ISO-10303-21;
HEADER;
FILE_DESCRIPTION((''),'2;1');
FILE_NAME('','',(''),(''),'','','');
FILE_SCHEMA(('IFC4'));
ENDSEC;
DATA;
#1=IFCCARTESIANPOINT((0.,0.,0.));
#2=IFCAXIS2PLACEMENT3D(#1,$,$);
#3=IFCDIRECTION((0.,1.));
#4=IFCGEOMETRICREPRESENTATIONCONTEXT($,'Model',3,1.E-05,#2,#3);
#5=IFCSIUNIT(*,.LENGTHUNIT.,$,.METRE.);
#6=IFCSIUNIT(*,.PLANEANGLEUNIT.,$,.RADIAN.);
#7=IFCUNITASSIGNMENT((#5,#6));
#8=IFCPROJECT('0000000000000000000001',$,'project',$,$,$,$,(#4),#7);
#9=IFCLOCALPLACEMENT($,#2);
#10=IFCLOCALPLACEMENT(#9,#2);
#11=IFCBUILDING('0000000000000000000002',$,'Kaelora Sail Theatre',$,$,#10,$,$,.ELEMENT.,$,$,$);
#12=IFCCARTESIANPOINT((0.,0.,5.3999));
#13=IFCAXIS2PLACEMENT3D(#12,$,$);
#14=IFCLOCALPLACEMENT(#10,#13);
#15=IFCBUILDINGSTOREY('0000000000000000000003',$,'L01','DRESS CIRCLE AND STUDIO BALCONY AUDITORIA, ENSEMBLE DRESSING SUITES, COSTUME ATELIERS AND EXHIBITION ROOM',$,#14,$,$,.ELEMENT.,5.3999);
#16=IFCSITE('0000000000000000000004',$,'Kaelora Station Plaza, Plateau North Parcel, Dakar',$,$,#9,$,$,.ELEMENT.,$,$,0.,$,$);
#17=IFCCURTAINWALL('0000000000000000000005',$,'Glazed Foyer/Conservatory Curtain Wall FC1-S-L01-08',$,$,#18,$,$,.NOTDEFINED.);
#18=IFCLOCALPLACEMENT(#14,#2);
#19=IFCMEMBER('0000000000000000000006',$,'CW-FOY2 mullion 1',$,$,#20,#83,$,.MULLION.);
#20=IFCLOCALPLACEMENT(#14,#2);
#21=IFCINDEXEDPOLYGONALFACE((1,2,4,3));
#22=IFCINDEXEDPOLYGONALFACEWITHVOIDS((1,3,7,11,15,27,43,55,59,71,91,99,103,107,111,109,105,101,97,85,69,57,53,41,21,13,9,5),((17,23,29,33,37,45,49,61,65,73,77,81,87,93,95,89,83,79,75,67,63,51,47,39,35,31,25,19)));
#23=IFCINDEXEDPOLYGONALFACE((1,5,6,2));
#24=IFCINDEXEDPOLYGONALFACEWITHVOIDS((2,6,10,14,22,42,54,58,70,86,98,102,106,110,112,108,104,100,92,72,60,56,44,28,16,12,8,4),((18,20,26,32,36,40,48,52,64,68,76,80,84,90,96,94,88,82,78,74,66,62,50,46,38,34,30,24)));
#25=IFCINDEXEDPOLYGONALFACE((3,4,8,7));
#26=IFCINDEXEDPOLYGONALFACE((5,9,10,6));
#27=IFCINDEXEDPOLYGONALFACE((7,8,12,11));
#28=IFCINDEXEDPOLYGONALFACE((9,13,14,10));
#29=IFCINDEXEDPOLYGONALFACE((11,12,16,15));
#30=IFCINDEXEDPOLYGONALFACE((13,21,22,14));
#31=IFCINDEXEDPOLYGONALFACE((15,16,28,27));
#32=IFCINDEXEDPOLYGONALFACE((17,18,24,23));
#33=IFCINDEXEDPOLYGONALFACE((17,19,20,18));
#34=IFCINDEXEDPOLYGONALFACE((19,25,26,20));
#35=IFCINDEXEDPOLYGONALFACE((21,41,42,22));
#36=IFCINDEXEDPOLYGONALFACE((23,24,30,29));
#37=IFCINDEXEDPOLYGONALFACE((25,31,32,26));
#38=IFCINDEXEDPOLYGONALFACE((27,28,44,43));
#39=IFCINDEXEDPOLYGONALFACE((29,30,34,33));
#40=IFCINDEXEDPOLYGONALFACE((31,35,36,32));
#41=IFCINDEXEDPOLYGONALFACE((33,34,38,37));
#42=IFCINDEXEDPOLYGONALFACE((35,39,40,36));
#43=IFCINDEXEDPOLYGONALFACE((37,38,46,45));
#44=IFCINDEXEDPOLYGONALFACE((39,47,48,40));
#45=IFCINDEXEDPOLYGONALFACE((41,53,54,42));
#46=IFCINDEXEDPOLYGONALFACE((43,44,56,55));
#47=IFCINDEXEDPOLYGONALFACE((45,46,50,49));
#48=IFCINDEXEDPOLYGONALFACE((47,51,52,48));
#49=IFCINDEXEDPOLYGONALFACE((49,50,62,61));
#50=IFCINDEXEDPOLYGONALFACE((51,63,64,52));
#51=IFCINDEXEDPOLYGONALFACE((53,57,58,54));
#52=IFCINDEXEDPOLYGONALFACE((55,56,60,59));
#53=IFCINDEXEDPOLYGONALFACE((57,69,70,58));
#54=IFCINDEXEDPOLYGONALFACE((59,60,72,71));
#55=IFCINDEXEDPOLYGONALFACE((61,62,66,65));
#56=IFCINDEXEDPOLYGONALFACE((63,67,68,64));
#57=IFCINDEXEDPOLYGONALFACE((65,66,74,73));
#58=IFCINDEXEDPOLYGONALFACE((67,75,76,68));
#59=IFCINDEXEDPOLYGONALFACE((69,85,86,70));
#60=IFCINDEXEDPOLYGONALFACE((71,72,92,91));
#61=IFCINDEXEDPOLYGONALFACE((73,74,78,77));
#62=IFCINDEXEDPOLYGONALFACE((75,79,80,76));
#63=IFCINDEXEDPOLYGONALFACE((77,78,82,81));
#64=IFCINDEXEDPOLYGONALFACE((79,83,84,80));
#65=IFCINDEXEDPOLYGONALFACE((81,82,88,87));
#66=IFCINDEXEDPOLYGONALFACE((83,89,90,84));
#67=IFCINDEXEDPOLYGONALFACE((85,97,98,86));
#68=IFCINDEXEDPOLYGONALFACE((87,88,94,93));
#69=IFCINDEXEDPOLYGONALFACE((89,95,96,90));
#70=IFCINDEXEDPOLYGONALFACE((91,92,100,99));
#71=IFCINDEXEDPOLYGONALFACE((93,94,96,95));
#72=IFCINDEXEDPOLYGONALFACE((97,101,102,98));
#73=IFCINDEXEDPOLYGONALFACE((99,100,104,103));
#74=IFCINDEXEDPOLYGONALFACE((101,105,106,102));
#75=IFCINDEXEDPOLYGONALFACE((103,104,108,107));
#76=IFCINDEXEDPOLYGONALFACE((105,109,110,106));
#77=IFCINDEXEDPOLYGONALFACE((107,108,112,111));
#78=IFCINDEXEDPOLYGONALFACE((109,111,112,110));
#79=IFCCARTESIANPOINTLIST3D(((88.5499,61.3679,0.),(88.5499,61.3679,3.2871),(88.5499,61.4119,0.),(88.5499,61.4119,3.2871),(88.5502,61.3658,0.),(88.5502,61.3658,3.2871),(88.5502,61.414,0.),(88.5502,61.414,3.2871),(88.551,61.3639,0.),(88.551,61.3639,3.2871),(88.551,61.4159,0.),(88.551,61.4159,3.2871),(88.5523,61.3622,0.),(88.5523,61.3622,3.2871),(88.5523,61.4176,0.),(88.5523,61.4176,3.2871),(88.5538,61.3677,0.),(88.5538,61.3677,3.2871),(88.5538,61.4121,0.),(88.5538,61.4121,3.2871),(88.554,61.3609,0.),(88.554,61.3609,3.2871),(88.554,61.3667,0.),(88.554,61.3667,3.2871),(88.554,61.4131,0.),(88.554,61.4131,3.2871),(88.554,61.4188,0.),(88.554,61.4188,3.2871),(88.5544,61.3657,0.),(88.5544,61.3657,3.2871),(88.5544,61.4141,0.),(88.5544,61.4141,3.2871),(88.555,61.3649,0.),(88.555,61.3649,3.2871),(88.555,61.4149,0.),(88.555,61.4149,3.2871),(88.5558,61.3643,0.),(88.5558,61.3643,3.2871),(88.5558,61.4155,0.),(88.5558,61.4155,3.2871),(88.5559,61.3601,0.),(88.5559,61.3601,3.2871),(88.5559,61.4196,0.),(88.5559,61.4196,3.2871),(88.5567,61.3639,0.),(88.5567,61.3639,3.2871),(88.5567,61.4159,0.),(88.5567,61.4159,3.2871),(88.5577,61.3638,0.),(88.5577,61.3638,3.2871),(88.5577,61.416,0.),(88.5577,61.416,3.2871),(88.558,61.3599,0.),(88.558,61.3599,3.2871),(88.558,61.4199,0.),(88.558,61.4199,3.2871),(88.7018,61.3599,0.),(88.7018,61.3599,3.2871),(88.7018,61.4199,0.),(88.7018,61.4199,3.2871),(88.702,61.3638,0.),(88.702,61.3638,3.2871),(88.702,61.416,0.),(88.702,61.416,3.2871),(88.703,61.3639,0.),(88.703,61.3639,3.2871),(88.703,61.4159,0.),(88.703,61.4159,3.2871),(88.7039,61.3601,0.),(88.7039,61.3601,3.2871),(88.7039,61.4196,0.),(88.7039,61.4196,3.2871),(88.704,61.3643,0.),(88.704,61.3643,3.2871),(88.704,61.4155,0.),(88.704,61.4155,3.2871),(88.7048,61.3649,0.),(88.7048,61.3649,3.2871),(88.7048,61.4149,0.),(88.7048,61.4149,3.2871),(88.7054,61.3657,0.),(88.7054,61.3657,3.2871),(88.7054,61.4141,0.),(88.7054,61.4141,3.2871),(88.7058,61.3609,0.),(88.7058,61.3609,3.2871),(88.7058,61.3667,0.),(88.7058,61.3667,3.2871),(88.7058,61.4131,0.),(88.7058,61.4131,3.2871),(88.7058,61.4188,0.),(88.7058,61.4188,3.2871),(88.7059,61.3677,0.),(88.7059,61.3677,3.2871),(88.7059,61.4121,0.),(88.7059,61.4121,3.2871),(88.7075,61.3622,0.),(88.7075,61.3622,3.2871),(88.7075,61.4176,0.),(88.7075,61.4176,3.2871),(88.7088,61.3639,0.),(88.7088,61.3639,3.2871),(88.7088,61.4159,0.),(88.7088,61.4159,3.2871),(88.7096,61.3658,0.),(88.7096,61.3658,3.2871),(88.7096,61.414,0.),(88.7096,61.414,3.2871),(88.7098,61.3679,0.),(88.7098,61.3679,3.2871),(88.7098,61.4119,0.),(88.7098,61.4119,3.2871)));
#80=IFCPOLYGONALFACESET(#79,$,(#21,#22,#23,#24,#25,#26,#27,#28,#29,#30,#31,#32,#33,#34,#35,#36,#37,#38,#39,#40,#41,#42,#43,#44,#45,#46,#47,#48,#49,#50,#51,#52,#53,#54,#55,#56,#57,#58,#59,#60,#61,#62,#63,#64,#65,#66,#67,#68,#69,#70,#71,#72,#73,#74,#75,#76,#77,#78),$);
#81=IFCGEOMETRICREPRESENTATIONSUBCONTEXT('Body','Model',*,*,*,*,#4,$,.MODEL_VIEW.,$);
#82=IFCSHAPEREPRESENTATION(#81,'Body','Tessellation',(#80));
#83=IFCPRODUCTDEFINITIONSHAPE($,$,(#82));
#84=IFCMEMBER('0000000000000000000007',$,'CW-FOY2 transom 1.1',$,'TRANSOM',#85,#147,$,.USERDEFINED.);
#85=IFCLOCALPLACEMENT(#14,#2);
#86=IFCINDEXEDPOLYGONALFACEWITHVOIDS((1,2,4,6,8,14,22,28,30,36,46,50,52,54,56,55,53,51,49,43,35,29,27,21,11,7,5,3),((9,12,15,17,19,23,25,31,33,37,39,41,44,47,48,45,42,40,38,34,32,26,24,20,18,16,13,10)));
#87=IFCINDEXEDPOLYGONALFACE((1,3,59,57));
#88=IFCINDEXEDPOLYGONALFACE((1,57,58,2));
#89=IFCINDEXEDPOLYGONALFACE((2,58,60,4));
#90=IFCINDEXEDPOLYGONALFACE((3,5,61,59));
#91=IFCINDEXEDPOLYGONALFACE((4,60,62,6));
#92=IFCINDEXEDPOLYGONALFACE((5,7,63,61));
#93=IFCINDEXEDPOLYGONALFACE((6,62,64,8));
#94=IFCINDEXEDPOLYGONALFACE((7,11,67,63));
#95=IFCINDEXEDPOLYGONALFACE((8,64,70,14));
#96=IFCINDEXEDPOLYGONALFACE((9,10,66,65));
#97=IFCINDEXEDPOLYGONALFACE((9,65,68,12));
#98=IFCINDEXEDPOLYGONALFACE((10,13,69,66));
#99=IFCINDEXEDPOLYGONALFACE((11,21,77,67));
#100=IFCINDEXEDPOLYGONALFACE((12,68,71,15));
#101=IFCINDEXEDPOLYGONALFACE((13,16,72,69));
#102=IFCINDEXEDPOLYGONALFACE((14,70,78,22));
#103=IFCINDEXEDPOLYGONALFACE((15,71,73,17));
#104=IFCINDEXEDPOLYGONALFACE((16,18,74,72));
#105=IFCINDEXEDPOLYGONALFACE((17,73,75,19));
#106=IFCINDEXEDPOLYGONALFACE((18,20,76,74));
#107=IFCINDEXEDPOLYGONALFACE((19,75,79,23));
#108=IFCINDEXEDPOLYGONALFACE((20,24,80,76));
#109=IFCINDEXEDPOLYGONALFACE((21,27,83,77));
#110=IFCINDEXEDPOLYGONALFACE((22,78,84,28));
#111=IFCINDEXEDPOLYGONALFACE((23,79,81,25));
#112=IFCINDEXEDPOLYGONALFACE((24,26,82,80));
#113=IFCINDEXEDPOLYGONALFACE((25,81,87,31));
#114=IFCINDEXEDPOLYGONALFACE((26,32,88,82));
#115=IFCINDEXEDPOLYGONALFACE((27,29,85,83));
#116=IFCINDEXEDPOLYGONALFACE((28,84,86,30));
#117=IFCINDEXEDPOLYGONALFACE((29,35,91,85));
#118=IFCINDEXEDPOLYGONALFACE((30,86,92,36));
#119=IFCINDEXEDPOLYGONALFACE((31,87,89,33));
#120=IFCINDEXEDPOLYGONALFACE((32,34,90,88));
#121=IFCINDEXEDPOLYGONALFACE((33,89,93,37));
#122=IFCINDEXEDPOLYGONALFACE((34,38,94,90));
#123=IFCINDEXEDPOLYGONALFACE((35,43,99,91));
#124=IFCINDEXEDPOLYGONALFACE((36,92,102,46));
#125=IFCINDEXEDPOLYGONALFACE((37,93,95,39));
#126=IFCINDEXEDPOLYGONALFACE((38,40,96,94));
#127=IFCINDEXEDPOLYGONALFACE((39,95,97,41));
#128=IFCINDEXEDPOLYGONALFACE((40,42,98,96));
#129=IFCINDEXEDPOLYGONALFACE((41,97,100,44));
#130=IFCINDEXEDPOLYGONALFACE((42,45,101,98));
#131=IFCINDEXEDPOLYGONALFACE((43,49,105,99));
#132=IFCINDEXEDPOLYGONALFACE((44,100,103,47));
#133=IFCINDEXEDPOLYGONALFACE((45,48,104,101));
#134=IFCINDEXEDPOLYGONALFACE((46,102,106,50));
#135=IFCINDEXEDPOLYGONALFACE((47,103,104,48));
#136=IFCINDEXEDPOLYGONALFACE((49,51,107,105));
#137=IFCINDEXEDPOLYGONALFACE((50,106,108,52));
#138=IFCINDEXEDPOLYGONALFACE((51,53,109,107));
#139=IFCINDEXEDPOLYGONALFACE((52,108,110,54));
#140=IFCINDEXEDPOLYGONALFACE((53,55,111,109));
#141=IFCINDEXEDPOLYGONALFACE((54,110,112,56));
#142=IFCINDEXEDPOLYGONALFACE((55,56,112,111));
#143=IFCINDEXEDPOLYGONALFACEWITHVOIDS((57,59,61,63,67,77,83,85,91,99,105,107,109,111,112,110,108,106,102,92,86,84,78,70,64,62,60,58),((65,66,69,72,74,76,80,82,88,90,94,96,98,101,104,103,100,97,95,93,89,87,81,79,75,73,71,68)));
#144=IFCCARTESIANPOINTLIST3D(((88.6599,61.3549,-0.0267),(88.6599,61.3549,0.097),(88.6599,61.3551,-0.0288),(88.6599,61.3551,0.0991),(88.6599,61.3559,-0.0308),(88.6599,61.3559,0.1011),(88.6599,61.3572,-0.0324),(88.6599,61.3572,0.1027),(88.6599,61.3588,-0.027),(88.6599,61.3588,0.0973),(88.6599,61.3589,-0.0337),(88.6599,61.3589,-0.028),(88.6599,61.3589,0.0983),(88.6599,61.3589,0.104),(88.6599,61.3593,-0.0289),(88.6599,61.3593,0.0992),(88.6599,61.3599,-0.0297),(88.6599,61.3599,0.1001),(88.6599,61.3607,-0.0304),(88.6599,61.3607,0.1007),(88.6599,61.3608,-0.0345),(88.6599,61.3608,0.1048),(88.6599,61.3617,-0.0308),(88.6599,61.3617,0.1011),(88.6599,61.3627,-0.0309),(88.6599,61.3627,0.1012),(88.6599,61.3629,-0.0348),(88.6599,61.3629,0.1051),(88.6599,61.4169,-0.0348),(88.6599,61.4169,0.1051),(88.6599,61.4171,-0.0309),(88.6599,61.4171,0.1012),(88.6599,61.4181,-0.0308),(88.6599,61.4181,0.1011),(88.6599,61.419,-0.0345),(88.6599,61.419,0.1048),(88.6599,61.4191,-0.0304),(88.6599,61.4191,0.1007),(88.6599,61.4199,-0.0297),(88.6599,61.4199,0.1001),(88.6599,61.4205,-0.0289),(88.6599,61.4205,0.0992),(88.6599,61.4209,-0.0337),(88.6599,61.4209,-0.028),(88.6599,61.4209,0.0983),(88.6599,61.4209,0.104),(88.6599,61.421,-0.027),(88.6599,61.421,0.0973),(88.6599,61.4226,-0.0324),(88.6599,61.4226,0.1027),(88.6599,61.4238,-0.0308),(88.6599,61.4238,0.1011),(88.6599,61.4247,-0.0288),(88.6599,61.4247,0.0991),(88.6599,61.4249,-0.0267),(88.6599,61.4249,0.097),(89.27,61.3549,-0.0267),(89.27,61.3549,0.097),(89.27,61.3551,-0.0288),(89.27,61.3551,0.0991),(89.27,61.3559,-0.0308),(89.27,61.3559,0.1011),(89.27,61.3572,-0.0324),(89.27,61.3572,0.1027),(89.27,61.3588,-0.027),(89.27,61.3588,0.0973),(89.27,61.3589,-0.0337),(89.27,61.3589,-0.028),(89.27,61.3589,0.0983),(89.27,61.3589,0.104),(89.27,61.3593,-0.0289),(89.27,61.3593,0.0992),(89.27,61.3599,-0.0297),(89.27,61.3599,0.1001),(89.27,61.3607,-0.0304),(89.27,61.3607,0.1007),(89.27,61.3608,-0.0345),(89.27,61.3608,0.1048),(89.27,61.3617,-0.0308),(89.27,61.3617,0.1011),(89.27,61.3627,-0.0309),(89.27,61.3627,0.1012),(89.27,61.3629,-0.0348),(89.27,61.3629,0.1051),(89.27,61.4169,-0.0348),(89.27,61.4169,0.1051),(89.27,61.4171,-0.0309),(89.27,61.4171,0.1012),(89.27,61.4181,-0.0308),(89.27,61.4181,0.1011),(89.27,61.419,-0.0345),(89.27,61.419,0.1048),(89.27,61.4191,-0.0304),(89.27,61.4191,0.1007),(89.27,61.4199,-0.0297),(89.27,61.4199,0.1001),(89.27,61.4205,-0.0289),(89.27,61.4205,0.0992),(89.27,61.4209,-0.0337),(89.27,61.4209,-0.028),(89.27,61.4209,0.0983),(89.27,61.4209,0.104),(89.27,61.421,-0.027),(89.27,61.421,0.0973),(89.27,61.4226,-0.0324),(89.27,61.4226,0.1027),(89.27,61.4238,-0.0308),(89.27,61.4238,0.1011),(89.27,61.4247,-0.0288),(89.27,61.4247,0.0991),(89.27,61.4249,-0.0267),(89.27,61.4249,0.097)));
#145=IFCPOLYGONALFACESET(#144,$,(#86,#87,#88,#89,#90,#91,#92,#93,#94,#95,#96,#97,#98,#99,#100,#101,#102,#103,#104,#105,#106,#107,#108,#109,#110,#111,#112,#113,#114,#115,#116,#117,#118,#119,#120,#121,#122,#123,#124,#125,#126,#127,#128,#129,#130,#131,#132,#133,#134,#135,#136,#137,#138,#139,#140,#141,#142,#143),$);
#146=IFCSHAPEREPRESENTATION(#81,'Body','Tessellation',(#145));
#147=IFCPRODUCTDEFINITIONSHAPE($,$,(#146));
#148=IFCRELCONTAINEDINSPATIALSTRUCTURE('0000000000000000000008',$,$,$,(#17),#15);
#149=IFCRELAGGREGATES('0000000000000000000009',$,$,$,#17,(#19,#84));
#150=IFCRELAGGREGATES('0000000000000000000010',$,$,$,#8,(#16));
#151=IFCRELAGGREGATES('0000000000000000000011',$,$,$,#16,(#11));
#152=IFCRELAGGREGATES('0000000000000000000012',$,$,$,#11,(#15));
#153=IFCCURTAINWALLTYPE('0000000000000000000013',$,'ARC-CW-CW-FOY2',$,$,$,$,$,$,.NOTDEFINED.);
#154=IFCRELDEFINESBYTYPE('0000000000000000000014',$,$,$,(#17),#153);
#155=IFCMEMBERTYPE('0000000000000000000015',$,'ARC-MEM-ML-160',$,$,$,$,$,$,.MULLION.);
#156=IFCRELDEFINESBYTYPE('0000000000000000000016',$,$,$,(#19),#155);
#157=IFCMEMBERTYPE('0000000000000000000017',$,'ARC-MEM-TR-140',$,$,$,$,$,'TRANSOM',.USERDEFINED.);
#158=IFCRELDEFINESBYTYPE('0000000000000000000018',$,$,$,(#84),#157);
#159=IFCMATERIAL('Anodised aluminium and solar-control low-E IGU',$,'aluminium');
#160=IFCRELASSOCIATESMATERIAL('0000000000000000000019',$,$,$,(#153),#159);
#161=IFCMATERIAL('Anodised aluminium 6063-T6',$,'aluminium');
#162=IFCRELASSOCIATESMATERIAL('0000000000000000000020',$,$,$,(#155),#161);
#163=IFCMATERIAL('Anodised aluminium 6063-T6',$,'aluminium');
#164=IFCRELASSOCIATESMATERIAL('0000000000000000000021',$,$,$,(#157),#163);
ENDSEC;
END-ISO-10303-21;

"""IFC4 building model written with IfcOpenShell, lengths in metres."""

from ifc_helpers import new_model, si_unit, direction, frame, origin, origin_2d, place, context, subcontext, project, spatial, hollow_rectangle, extrude, material, material_profile, profile_set, type_object, element, aggregate, save


model = new_model("IFC4")

# Units and contexts
model_context = context("Model", 3, precision=1e-05, world=origin(), true_north=direction((0.0, 1.0)))
body_context = subcontext(model_context, "Body", "Model", "MODEL_VIEW")
ifc_project = project(units=[si_unit("LENGTHUNIT", "METRE"), si_unit("PLANEANGLEUNIT", "RADIAN")], contexts=[model_context])

# Site, building, storey
site_placement = place(None, origin())
site = spatial("IfcSite", under=ifc_project, at=site_placement, Name="Kaelora Station Plaza, Plateau North Parcel, Dakar", CompositionType="ELEMENT", RefElevation=0.0)
building_placement = place(site_placement, origin())
building = spatial("IfcBuilding", under=site, at=building_placement, Name="Kaelora Sail Theatre", CompositionType="ELEMENT")
storey_placement = place(building_placement, frame((0.0, 0.0, 5.3999)))
storey = spatial("IfcBuildingStorey", under=building, at=storey_placement, Name="L01", Description="DRESS CIRCLE AND STUDIO BALCONY AUDITORIA, ENSEMBLE DRESSING SUITES, COSTUME ATELIERS AND EXHIBITION ROOM", CompositionType="ELEMENT", Elevation=5.3999)

# Shared definitions
ifc_material_1 = material(Name="Anodised aluminium and solar-control low-E IGU", Category="aluminium")
curtain_wall_type = type_object("IfcCurtainWallType", Name="ARC-CW-CW-FOY2", PredefinedType="NOTDEFINED", material=ifc_material_1)
ifc_material_2 = material(Name="Anodised aluminium 6063-T6", Category="aluminium")
ifc_material_profile_1 = material_profile(ifc_material_2, hollow_rectangle(XDim=0.0601, YDim=0.1599, WallThickness=0.0039, InnerFilletRadius=0.0039, OuterFilletRadius=0.0081, at=origin_2d()), Name="ALU-MULL 60x160x4")
ifc_profile_set_1 = profile_set([ifc_material_profile_1], Name="Anodised aluminium 6063-T6")
member_type_1 = type_object("IfcMemberType", Name="ARC-MEM-ML-160", PredefinedType="MULLION", material=ifc_profile_set_1)

# Curtain wall, members
curtain_wall_1_placement = place(storey_placement, origin())
curtain_wall_1 = element("IfcCurtainWall", 1, at=curtain_wall_1_placement, inside=storey, type_object=curtain_wall_type, Name="Glazed Foyer/Conservatory Curtain Wall FC1-S-L01-08", PredefinedType="NOTDEFINED")
member_1_placement = place(storey_placement, frame((88.6299, 61.3899, 0.0), z_axis=(0.0, 0.0, 1.0), x_axis=(0.0, 1.0, 0.0)))
member_1 = element("IfcMember", 2, at=member_1_placement, type_object=member_type_1, Name="CW-FOY2 mullion 1", PredefinedType="MULLION", context=body_context, shape_type="SweptSolid", body=[
    extrude(hollow_rectangle(XDim=0.0601, YDim=0.1599, WallThickness=0.0039, InnerFilletRadius=0.0039, OuterFilletRadius=0.0081, at=origin_2d()), origin(), (0.0, 0.0, 1.0), 3.2871),
])
ifc_material_3 = material(Name="Anodised aluminium 6063-T6", Category="aluminium")
ifc_material_profile_2 = material_profile(ifc_material_3, hollow_rectangle(XDim=0.0701, YDim=0.1399, WallThickness=0.0039, InnerFilletRadius=0.0039, OuterFilletRadius=0.0081, at=origin_2d()), Name="ALU-TRAN 70x140x4")
ifc_profile_set_2 = profile_set([ifc_material_profile_2], Name="Anodised aluminium 6063-T6")
member_type_2 = type_object("IfcMemberType", Name="ARC-MEM-TR-140", ElementType="TRANSOM", PredefinedType="USERDEFINED", material=ifc_profile_set_2)
member_2_placement = place(storey_placement, frame((88.6599, 61.3899, 0.0352), z_axis=(1.0, 0.0, 0.0), x_axis=(0.0, 1.0, 0.0)))
member_2 = element("IfcMember", 3, at=member_2_placement, type_object=member_type_2, Name="CW-FOY2 transom 1.1", ObjectType="TRANSOM", PredefinedType="USERDEFINED", context=body_context, shape_type="SweptSolid", body=[
    extrude(hollow_rectangle(XDim=0.0701, YDim=0.1399, WallThickness=0.0039, InnerFilletRadius=0.0039, OuterFilletRadius=0.0081, at=origin_2d()), origin(), (0.0, 0.0, 1.0), 0.6101),
])
aggregate(curtain_wall_1, [member_1, member_2])

save(model, "model.ifc")
